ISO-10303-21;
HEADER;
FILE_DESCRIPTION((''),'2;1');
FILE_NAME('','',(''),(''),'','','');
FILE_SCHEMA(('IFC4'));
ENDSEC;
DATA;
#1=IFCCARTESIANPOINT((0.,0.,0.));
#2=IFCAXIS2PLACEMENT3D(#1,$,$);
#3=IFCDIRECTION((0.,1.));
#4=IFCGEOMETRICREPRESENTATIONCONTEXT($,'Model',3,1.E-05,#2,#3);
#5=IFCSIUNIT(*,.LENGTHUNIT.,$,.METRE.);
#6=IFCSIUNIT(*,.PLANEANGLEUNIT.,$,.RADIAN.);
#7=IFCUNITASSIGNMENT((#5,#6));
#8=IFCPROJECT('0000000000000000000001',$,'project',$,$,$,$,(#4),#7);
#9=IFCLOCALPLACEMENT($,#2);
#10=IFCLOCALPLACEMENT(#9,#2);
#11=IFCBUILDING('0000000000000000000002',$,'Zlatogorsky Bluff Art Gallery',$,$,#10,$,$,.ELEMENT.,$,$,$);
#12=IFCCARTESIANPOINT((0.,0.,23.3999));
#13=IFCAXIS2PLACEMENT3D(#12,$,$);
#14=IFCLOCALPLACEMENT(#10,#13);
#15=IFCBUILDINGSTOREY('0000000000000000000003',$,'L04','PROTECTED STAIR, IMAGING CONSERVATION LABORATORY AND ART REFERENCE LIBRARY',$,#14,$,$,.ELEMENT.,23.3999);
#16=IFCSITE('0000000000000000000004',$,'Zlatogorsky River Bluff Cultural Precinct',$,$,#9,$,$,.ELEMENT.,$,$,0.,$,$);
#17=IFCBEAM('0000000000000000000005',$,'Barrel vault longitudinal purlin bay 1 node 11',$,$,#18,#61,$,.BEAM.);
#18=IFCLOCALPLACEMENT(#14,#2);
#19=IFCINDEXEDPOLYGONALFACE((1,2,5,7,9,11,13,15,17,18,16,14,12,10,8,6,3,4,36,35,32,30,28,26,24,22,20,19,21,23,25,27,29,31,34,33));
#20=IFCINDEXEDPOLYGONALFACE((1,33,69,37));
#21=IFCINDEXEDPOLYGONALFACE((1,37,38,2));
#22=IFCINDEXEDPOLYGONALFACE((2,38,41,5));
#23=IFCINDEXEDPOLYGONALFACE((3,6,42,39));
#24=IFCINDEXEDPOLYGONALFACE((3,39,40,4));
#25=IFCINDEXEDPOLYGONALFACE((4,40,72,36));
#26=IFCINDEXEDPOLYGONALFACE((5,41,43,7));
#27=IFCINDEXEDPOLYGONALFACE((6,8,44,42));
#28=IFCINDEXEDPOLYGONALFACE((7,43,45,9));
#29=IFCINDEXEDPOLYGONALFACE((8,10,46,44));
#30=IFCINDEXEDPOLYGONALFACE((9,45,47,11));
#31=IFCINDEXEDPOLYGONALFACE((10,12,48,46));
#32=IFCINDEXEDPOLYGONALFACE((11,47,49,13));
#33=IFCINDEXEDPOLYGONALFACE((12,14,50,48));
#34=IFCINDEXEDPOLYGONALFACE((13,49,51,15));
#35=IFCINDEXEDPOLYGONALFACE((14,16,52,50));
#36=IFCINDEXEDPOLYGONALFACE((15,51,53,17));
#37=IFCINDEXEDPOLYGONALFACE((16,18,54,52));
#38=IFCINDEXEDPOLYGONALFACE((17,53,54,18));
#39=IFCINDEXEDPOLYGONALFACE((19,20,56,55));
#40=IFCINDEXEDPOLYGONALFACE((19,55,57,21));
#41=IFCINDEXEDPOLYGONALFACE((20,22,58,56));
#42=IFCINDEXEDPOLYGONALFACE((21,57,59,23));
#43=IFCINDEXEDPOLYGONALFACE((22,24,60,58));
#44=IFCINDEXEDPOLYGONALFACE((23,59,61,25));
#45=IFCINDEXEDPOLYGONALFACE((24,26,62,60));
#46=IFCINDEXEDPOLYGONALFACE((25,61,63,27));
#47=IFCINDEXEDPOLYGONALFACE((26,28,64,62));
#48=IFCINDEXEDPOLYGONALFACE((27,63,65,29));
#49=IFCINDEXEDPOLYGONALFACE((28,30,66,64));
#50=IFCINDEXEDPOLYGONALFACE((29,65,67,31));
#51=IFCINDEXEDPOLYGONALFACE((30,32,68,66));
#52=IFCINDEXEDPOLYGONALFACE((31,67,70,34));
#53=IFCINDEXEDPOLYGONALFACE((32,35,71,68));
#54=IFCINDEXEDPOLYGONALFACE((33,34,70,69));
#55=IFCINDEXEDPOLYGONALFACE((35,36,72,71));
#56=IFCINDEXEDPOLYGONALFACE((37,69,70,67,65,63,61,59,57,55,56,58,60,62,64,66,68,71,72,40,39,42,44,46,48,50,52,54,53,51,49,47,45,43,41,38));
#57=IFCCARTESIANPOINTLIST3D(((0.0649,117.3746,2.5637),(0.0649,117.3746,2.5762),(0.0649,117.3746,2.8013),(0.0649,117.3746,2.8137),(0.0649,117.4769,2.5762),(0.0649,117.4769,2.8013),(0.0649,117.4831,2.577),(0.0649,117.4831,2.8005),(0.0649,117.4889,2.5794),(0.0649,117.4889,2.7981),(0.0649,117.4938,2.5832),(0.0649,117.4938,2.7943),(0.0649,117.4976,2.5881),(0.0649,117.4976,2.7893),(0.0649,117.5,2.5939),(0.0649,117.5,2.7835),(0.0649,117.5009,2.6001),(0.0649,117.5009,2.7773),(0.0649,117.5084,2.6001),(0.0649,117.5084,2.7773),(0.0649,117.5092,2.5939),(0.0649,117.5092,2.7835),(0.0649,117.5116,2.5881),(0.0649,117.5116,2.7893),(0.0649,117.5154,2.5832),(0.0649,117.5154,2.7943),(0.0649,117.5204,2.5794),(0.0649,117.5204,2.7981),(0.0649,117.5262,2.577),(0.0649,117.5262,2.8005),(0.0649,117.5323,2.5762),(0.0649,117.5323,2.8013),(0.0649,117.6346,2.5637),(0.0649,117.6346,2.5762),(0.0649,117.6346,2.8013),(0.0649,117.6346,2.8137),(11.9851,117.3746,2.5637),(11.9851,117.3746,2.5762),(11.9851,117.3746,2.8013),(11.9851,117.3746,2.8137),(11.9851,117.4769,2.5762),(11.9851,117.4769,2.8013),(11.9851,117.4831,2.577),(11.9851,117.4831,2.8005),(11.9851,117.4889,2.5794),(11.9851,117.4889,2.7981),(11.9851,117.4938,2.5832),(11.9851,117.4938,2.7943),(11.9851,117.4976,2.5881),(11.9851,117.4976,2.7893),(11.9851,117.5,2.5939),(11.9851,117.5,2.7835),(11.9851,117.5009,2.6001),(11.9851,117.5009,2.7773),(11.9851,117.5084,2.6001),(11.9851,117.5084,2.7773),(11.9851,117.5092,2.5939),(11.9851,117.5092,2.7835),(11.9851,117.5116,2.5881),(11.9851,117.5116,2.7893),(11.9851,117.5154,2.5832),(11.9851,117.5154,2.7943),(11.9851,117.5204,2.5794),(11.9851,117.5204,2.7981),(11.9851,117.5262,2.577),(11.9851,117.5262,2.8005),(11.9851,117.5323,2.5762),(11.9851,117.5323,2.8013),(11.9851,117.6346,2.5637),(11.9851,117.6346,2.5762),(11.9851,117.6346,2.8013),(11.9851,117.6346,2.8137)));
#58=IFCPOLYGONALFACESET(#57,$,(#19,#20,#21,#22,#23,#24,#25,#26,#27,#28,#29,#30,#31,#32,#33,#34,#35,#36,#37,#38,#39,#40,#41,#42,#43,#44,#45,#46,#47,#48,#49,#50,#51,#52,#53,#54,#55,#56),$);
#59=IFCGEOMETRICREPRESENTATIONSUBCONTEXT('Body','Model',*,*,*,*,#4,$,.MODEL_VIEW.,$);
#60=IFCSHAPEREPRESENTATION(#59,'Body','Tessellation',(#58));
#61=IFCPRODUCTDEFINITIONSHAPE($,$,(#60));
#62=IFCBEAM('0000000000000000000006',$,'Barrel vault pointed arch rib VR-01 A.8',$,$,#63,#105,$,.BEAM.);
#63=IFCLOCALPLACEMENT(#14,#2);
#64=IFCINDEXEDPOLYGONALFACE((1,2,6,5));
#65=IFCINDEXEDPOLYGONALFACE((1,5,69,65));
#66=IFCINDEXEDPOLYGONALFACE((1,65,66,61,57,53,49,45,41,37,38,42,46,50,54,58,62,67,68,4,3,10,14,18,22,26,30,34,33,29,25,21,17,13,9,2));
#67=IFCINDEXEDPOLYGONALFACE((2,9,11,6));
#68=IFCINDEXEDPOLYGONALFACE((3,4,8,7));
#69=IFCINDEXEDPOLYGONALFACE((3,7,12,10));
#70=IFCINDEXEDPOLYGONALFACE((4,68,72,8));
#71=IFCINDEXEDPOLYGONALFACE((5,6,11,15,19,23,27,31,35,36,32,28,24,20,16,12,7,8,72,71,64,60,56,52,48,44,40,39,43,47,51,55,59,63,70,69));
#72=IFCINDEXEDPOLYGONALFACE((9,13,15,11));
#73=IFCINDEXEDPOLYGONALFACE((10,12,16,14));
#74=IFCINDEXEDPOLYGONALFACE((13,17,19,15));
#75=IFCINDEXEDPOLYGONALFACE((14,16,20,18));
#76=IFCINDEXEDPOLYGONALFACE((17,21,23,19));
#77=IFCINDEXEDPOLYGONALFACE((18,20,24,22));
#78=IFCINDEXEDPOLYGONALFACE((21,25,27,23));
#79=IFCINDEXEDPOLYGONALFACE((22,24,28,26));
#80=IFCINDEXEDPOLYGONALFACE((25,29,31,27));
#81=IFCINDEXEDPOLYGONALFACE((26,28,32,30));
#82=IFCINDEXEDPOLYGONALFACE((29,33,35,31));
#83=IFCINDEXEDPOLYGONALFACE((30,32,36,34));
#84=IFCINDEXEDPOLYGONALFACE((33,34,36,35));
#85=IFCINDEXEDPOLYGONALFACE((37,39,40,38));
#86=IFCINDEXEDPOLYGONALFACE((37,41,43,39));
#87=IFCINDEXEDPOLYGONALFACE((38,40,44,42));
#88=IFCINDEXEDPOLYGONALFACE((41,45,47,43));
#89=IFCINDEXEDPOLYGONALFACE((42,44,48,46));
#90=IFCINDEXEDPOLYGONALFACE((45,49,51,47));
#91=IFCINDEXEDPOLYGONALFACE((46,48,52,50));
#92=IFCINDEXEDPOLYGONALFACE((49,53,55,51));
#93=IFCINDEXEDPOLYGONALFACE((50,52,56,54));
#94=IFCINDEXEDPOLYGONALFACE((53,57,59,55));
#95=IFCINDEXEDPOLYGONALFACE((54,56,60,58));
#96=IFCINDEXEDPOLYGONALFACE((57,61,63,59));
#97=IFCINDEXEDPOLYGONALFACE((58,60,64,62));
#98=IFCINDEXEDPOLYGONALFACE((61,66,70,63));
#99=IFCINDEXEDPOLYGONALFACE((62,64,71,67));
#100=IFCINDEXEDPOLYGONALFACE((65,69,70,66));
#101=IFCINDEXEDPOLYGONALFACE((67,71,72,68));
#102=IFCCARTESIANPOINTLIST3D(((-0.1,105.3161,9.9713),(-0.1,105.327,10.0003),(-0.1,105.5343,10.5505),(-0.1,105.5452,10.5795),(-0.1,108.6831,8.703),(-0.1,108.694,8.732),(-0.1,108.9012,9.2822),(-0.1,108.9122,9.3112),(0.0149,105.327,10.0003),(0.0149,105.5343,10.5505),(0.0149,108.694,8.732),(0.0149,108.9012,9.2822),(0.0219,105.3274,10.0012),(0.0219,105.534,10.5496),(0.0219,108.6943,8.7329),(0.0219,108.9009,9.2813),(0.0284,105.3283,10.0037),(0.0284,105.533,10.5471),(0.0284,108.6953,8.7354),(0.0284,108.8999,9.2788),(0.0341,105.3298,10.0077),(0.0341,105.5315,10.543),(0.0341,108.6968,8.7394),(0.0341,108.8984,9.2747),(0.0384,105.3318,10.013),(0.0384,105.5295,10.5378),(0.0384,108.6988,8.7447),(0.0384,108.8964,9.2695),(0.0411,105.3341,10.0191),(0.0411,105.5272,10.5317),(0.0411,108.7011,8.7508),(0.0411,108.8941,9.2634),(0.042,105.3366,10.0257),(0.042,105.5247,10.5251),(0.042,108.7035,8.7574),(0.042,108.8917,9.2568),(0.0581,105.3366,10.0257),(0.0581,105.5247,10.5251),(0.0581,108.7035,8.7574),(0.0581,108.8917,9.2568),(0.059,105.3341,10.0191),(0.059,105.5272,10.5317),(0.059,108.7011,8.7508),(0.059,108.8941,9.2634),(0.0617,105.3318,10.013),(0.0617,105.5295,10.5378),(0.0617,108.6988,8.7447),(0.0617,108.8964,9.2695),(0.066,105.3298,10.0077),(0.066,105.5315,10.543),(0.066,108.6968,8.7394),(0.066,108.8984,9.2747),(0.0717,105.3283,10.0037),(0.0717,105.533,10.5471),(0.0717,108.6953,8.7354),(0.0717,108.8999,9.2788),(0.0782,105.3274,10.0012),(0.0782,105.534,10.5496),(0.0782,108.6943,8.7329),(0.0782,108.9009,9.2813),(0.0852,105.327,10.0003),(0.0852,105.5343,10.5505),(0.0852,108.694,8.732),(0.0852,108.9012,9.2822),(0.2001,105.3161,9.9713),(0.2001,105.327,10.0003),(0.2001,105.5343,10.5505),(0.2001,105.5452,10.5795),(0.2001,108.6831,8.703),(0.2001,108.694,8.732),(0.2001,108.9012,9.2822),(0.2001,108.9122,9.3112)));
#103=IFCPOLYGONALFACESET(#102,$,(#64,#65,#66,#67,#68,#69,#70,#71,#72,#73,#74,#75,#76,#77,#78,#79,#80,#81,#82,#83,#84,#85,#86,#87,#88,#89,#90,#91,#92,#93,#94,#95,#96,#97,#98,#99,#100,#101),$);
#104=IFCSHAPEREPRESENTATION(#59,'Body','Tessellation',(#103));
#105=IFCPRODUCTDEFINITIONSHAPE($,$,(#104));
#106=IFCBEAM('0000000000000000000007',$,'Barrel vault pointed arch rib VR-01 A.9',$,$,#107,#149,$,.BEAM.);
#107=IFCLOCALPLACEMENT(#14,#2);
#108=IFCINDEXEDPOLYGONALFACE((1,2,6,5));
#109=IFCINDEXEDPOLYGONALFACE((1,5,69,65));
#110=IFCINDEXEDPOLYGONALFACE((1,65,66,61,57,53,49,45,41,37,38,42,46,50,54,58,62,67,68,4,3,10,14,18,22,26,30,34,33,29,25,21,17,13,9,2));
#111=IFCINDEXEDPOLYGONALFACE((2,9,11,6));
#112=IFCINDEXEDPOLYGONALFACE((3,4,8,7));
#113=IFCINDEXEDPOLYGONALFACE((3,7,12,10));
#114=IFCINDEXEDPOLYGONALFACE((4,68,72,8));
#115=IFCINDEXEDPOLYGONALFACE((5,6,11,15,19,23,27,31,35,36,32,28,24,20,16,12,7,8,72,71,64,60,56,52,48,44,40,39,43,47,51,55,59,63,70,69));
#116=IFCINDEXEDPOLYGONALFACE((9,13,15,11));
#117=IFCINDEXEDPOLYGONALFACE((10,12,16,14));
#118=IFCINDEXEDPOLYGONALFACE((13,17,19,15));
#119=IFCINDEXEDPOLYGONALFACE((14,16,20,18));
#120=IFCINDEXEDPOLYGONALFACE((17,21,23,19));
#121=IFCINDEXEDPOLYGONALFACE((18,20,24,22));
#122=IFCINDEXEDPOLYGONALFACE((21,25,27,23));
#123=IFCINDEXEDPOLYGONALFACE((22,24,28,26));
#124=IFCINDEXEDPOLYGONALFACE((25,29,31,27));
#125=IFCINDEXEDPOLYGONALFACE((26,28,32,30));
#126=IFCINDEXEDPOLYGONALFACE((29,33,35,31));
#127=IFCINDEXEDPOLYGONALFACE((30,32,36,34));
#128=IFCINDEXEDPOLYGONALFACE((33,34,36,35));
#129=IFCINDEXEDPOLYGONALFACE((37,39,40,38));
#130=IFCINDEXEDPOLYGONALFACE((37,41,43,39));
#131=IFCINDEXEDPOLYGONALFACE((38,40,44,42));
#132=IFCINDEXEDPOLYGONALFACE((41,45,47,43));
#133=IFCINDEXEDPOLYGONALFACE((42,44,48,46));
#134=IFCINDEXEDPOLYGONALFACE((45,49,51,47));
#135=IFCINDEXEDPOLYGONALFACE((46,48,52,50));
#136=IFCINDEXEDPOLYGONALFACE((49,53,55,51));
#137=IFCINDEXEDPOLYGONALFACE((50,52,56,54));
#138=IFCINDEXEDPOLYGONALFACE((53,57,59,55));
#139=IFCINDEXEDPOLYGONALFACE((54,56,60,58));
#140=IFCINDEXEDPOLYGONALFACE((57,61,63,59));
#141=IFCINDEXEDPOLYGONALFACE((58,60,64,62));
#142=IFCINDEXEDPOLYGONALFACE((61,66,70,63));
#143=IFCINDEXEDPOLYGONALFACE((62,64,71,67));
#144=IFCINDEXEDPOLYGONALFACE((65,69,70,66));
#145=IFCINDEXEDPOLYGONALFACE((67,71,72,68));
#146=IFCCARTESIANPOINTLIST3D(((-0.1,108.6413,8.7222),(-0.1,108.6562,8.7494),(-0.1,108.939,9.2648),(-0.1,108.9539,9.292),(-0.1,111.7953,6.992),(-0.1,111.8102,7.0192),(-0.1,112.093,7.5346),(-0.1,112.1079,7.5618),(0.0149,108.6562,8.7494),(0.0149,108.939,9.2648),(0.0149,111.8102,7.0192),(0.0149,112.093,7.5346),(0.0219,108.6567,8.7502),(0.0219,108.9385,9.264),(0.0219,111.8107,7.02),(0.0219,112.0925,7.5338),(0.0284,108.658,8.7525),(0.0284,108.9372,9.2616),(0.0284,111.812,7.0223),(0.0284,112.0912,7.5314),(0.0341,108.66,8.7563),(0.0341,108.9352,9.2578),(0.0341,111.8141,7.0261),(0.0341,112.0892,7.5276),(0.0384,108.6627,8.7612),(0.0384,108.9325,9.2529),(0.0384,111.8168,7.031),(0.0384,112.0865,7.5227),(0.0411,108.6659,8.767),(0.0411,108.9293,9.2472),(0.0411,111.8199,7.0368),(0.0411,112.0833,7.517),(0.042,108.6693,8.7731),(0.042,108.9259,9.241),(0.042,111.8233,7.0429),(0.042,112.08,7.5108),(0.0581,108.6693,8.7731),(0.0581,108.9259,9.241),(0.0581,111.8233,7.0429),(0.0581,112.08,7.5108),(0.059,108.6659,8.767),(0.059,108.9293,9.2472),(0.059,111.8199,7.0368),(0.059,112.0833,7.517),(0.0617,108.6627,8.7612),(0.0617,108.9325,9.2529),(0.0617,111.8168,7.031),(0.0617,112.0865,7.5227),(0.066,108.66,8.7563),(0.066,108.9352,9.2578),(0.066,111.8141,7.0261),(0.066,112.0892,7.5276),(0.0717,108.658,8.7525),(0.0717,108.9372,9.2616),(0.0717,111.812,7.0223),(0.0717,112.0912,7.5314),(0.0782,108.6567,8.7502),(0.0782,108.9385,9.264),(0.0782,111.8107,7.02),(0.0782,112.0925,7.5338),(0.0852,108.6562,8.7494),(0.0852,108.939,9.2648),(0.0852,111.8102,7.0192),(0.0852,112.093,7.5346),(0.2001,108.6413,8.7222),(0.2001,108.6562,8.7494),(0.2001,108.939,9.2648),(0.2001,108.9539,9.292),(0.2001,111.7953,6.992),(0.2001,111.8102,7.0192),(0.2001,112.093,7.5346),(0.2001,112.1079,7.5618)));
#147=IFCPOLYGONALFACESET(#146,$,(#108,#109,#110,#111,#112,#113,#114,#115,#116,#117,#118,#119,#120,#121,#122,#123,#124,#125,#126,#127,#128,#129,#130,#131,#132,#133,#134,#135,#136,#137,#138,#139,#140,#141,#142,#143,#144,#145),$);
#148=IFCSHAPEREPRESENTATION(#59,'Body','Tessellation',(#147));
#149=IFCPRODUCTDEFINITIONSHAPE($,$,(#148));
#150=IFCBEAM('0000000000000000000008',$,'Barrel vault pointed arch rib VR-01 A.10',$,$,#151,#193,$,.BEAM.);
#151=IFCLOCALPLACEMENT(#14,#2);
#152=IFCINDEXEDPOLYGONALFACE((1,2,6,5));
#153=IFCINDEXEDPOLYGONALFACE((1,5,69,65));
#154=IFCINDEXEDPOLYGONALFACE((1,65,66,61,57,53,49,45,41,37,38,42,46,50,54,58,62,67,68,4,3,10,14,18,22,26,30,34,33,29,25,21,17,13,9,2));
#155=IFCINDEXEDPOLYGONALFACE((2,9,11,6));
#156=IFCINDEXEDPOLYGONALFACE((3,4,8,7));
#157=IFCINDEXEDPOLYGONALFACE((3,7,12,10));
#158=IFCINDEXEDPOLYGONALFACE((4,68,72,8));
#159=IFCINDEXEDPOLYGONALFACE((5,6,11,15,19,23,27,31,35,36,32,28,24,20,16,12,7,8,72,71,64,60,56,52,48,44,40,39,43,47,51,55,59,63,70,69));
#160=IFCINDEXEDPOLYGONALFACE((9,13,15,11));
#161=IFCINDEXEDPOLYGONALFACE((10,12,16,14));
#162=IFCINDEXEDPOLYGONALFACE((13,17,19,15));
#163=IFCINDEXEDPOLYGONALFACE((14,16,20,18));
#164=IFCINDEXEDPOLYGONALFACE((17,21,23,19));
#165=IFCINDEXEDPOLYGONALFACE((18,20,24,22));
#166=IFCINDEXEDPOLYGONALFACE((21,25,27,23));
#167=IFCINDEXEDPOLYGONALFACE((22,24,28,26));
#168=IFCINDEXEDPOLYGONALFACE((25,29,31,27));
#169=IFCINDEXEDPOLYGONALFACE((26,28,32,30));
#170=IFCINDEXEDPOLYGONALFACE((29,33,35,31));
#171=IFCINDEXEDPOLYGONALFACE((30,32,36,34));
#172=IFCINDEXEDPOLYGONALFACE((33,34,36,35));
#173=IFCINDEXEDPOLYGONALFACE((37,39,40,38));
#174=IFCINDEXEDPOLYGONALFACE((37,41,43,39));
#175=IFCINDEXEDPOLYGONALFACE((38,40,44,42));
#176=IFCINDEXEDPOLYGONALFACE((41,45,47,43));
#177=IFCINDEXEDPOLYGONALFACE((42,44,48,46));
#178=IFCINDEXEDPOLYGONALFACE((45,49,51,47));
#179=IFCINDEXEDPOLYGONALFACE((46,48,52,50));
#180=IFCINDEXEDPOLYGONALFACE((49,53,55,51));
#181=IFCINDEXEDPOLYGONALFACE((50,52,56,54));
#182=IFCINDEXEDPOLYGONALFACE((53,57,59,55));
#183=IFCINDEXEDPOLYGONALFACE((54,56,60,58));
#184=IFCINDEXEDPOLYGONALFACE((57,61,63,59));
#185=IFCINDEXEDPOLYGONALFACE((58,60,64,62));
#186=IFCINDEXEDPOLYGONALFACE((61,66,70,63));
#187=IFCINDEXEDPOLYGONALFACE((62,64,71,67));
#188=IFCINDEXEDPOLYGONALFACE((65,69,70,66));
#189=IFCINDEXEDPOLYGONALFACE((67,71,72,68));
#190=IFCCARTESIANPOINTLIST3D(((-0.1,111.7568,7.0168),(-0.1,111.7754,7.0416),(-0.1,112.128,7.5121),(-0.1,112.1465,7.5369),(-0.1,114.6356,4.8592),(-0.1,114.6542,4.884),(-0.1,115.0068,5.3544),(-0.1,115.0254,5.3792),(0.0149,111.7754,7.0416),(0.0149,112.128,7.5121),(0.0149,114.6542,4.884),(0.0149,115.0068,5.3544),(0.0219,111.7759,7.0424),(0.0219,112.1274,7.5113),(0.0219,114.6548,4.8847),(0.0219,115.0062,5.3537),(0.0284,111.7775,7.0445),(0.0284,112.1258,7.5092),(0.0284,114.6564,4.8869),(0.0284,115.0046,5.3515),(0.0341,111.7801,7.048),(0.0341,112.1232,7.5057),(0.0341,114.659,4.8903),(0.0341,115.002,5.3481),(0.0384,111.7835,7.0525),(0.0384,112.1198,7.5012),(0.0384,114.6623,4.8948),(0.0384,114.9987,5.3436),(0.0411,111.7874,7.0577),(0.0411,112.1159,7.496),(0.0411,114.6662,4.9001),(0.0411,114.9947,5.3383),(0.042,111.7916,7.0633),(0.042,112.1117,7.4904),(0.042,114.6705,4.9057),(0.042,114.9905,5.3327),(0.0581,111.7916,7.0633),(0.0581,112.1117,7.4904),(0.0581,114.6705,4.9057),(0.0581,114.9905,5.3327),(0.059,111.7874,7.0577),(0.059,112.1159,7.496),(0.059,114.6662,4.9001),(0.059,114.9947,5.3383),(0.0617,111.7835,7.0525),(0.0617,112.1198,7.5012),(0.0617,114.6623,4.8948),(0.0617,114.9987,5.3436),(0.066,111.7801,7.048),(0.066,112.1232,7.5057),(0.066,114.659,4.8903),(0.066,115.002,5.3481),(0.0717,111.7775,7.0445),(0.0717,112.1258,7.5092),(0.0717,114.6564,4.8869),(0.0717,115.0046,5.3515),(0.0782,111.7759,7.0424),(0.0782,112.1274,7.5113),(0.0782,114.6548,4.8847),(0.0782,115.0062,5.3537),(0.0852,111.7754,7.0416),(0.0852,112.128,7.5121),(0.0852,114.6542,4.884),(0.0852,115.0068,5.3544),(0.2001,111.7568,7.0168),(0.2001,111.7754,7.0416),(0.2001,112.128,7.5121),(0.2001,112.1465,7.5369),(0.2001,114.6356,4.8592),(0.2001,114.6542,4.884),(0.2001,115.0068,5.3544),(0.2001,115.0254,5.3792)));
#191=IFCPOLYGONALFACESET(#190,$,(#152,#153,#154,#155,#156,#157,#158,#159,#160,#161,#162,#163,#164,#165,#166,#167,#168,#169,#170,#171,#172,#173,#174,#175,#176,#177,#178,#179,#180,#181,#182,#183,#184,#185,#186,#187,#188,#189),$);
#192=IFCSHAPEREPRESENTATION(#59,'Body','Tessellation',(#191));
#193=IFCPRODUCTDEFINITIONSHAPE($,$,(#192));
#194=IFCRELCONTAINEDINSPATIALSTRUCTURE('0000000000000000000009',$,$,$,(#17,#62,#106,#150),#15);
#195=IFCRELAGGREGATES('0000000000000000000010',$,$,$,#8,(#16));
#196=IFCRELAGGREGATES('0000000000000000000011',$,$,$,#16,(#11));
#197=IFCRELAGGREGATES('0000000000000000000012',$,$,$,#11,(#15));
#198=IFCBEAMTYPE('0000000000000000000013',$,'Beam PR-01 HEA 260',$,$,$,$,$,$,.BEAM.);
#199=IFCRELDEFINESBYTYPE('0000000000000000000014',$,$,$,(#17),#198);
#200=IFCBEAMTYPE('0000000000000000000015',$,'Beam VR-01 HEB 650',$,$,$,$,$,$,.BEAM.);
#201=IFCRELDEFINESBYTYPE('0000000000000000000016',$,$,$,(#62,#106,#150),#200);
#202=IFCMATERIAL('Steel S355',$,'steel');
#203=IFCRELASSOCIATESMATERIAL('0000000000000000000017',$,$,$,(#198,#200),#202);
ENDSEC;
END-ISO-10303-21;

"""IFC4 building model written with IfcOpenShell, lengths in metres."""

from ifc_helpers import new_model, si_unit, direction, frame, origin, origin_2d, place, context, subcontext, project, spatial, i_section, extrude, material, material_profile, profile_set, type_object, element, save


model = new_model("IFC4")

# Units and contexts
model_context = context("Model", 3, precision=1e-05, world=origin(), true_north=direction((0.0, 1.0)))
body_context = subcontext(model_context, "Body", "Model", "MODEL_VIEW")
ifc_project = project(units=[si_unit("LENGTHUNIT", "METRE"), si_unit("PLANEANGLEUNIT", "RADIAN")], contexts=[model_context])

# Site, building, storey
site_placement = place(None, origin())
site = spatial("IfcSite", under=ifc_project, at=site_placement, Name="Zlatogorsky River Bluff Cultural Precinct", CompositionType="ELEMENT", RefElevation=0.0)
building_placement = place(site_placement, origin())
building = spatial("IfcBuilding", under=site, at=building_placement, Name="Zlatogorsky Bluff Art Gallery", CompositionType="ELEMENT")
storey_placement = place(building_placement, frame((0.0, 0.0, 23.3999)))
storey = spatial("IfcBuildingStorey", under=building, at=storey_placement, Name="L04", Description="PROTECTED STAIR, IMAGING CONSERVATION LABORATORY AND ART REFERENCE LIBRARY", CompositionType="ELEMENT", Elevation=23.3999)

# Beams
ifc_material_1 = material(Name="Steel S355", Category="steel")
ifc_material_profile_1 = material_profile(ifc_material_1, i_section(OverallWidth=0.26, OverallDepth=0.25, WebThickness=0.0076, FlangeThickness=0.0125, FilletRadius=0.0239, at=origin_2d()), Name="HEA 260")
ifc_profile_set_1 = profile_set([ifc_material_profile_1], Name="Steel S355")
beam_type_1 = type_object("IfcBeamType", Name="Beam PR-01 HEA 260", PredefinedType="BEAM", material=ifc_profile_set_1)
for number, where, z_axis, x_axis, name in (
    (1, (0.0649, 117.5046, 2.6887), (1.0, 0.0, 0.0), (0.0, 1.0, 0.0), "Barrel vault longitudinal purlin bay 1 node 11"),
):
    element("IfcBeam", number, at=place(storey_placement, frame(where, z_axis=z_axis, x_axis=x_axis)), inside=storey, type_object=beam_type_1, Name=name, PredefinedType="BEAM", context=body_context, shape_type="SweptSolid", body=[
        extrude(i_section(OverallWidth=0.26, OverallDepth=0.25, WebThickness=0.0076, FlangeThickness=0.0125, FilletRadius=0.0239, at=origin_2d()), origin(), (0.0, 0.0, 1.0), 11.9202),
    ])
ifc_material_profile_2 = material_profile(ifc_material_1, i_section(OverallWidth=0.3, OverallDepth=0.6499, WebThickness=0.0161, FlangeThickness=0.031, FilletRadius=0.0271, at=origin_2d()), Name="HEB 650")
ifc_profile_set_2 = profile_set([ifc_material_profile_2], Name="Steel S355")
beam_type_2 = type_object("IfcBeamType", Name="Beam VR-01 HEB 650", PredefinedType="BEAM", material=ifc_profile_set_2)
beam_1_placement = place(storey_placement, frame((0.05, 105.4307, 10.2754), z_axis=(0.0, 0.935807, -0.352514), x_axis=(-1.0, 0.0, 0.0)))
element("IfcBeam", 2, at=beam_1_placement, inside=storey, type_object=beam_type_2, Name="Barrel vault pointed arch rib VR-01 A.8", PredefinedType="BEAM", context=body_context, shape_type="SweptSolid", body=[
    extrude(i_section(OverallWidth=0.3, OverallDepth=0.6499, WebThickness=0.0161, FlangeThickness=0.031, FilletRadius=0.0271, at=origin_2d()), origin(), (0.0, 0.0, 1.0), 3.5979),
])
beam_2_placement = place(storey_placement, frame((0.05, 108.7976, 9.0071), z_axis=(0.0, 0.876744, -0.480957), x_axis=(-1.0, 0.0, 0.0)))
element("IfcBeam", 3, at=beam_2_placement, inside=storey, type_object=beam_type_2, Name="Barrel vault pointed arch rib VR-01 A.9", PredefinedType="BEAM", context=body_context, shape_type="SweptSolid", body=[
    extrude(i_section(OverallWidth=0.3, OverallDepth=0.6499, WebThickness=0.0161, FlangeThickness=0.031, FilletRadius=0.0271, at=origin_2d()), origin(), (0.0, 0.0, 1.0), 3.5974),
])
beam_3_placement = place(storey_placement, frame((0.05, 111.9517, 7.2769), z_axis=(0.0, 0.800195, -0.599739), x_axis=(-1.0, 0.0, 0.0)))
element("IfcBeam", 4, at=beam_3_placement, inside=storey, type_object=beam_type_2, Name="Barrel vault pointed arch rib VR-01 A.10", PredefinedType="BEAM", context=body_context, shape_type="SweptSolid", body=[
    extrude(i_section(OverallWidth=0.3, OverallDepth=0.6499, WebThickness=0.0161, FlangeThickness=0.031, FilletRadius=0.0271, at=origin_2d()), origin(), (0.0, 0.0, 1.0), 3.5977),
])

save(model, "model.ifc")
